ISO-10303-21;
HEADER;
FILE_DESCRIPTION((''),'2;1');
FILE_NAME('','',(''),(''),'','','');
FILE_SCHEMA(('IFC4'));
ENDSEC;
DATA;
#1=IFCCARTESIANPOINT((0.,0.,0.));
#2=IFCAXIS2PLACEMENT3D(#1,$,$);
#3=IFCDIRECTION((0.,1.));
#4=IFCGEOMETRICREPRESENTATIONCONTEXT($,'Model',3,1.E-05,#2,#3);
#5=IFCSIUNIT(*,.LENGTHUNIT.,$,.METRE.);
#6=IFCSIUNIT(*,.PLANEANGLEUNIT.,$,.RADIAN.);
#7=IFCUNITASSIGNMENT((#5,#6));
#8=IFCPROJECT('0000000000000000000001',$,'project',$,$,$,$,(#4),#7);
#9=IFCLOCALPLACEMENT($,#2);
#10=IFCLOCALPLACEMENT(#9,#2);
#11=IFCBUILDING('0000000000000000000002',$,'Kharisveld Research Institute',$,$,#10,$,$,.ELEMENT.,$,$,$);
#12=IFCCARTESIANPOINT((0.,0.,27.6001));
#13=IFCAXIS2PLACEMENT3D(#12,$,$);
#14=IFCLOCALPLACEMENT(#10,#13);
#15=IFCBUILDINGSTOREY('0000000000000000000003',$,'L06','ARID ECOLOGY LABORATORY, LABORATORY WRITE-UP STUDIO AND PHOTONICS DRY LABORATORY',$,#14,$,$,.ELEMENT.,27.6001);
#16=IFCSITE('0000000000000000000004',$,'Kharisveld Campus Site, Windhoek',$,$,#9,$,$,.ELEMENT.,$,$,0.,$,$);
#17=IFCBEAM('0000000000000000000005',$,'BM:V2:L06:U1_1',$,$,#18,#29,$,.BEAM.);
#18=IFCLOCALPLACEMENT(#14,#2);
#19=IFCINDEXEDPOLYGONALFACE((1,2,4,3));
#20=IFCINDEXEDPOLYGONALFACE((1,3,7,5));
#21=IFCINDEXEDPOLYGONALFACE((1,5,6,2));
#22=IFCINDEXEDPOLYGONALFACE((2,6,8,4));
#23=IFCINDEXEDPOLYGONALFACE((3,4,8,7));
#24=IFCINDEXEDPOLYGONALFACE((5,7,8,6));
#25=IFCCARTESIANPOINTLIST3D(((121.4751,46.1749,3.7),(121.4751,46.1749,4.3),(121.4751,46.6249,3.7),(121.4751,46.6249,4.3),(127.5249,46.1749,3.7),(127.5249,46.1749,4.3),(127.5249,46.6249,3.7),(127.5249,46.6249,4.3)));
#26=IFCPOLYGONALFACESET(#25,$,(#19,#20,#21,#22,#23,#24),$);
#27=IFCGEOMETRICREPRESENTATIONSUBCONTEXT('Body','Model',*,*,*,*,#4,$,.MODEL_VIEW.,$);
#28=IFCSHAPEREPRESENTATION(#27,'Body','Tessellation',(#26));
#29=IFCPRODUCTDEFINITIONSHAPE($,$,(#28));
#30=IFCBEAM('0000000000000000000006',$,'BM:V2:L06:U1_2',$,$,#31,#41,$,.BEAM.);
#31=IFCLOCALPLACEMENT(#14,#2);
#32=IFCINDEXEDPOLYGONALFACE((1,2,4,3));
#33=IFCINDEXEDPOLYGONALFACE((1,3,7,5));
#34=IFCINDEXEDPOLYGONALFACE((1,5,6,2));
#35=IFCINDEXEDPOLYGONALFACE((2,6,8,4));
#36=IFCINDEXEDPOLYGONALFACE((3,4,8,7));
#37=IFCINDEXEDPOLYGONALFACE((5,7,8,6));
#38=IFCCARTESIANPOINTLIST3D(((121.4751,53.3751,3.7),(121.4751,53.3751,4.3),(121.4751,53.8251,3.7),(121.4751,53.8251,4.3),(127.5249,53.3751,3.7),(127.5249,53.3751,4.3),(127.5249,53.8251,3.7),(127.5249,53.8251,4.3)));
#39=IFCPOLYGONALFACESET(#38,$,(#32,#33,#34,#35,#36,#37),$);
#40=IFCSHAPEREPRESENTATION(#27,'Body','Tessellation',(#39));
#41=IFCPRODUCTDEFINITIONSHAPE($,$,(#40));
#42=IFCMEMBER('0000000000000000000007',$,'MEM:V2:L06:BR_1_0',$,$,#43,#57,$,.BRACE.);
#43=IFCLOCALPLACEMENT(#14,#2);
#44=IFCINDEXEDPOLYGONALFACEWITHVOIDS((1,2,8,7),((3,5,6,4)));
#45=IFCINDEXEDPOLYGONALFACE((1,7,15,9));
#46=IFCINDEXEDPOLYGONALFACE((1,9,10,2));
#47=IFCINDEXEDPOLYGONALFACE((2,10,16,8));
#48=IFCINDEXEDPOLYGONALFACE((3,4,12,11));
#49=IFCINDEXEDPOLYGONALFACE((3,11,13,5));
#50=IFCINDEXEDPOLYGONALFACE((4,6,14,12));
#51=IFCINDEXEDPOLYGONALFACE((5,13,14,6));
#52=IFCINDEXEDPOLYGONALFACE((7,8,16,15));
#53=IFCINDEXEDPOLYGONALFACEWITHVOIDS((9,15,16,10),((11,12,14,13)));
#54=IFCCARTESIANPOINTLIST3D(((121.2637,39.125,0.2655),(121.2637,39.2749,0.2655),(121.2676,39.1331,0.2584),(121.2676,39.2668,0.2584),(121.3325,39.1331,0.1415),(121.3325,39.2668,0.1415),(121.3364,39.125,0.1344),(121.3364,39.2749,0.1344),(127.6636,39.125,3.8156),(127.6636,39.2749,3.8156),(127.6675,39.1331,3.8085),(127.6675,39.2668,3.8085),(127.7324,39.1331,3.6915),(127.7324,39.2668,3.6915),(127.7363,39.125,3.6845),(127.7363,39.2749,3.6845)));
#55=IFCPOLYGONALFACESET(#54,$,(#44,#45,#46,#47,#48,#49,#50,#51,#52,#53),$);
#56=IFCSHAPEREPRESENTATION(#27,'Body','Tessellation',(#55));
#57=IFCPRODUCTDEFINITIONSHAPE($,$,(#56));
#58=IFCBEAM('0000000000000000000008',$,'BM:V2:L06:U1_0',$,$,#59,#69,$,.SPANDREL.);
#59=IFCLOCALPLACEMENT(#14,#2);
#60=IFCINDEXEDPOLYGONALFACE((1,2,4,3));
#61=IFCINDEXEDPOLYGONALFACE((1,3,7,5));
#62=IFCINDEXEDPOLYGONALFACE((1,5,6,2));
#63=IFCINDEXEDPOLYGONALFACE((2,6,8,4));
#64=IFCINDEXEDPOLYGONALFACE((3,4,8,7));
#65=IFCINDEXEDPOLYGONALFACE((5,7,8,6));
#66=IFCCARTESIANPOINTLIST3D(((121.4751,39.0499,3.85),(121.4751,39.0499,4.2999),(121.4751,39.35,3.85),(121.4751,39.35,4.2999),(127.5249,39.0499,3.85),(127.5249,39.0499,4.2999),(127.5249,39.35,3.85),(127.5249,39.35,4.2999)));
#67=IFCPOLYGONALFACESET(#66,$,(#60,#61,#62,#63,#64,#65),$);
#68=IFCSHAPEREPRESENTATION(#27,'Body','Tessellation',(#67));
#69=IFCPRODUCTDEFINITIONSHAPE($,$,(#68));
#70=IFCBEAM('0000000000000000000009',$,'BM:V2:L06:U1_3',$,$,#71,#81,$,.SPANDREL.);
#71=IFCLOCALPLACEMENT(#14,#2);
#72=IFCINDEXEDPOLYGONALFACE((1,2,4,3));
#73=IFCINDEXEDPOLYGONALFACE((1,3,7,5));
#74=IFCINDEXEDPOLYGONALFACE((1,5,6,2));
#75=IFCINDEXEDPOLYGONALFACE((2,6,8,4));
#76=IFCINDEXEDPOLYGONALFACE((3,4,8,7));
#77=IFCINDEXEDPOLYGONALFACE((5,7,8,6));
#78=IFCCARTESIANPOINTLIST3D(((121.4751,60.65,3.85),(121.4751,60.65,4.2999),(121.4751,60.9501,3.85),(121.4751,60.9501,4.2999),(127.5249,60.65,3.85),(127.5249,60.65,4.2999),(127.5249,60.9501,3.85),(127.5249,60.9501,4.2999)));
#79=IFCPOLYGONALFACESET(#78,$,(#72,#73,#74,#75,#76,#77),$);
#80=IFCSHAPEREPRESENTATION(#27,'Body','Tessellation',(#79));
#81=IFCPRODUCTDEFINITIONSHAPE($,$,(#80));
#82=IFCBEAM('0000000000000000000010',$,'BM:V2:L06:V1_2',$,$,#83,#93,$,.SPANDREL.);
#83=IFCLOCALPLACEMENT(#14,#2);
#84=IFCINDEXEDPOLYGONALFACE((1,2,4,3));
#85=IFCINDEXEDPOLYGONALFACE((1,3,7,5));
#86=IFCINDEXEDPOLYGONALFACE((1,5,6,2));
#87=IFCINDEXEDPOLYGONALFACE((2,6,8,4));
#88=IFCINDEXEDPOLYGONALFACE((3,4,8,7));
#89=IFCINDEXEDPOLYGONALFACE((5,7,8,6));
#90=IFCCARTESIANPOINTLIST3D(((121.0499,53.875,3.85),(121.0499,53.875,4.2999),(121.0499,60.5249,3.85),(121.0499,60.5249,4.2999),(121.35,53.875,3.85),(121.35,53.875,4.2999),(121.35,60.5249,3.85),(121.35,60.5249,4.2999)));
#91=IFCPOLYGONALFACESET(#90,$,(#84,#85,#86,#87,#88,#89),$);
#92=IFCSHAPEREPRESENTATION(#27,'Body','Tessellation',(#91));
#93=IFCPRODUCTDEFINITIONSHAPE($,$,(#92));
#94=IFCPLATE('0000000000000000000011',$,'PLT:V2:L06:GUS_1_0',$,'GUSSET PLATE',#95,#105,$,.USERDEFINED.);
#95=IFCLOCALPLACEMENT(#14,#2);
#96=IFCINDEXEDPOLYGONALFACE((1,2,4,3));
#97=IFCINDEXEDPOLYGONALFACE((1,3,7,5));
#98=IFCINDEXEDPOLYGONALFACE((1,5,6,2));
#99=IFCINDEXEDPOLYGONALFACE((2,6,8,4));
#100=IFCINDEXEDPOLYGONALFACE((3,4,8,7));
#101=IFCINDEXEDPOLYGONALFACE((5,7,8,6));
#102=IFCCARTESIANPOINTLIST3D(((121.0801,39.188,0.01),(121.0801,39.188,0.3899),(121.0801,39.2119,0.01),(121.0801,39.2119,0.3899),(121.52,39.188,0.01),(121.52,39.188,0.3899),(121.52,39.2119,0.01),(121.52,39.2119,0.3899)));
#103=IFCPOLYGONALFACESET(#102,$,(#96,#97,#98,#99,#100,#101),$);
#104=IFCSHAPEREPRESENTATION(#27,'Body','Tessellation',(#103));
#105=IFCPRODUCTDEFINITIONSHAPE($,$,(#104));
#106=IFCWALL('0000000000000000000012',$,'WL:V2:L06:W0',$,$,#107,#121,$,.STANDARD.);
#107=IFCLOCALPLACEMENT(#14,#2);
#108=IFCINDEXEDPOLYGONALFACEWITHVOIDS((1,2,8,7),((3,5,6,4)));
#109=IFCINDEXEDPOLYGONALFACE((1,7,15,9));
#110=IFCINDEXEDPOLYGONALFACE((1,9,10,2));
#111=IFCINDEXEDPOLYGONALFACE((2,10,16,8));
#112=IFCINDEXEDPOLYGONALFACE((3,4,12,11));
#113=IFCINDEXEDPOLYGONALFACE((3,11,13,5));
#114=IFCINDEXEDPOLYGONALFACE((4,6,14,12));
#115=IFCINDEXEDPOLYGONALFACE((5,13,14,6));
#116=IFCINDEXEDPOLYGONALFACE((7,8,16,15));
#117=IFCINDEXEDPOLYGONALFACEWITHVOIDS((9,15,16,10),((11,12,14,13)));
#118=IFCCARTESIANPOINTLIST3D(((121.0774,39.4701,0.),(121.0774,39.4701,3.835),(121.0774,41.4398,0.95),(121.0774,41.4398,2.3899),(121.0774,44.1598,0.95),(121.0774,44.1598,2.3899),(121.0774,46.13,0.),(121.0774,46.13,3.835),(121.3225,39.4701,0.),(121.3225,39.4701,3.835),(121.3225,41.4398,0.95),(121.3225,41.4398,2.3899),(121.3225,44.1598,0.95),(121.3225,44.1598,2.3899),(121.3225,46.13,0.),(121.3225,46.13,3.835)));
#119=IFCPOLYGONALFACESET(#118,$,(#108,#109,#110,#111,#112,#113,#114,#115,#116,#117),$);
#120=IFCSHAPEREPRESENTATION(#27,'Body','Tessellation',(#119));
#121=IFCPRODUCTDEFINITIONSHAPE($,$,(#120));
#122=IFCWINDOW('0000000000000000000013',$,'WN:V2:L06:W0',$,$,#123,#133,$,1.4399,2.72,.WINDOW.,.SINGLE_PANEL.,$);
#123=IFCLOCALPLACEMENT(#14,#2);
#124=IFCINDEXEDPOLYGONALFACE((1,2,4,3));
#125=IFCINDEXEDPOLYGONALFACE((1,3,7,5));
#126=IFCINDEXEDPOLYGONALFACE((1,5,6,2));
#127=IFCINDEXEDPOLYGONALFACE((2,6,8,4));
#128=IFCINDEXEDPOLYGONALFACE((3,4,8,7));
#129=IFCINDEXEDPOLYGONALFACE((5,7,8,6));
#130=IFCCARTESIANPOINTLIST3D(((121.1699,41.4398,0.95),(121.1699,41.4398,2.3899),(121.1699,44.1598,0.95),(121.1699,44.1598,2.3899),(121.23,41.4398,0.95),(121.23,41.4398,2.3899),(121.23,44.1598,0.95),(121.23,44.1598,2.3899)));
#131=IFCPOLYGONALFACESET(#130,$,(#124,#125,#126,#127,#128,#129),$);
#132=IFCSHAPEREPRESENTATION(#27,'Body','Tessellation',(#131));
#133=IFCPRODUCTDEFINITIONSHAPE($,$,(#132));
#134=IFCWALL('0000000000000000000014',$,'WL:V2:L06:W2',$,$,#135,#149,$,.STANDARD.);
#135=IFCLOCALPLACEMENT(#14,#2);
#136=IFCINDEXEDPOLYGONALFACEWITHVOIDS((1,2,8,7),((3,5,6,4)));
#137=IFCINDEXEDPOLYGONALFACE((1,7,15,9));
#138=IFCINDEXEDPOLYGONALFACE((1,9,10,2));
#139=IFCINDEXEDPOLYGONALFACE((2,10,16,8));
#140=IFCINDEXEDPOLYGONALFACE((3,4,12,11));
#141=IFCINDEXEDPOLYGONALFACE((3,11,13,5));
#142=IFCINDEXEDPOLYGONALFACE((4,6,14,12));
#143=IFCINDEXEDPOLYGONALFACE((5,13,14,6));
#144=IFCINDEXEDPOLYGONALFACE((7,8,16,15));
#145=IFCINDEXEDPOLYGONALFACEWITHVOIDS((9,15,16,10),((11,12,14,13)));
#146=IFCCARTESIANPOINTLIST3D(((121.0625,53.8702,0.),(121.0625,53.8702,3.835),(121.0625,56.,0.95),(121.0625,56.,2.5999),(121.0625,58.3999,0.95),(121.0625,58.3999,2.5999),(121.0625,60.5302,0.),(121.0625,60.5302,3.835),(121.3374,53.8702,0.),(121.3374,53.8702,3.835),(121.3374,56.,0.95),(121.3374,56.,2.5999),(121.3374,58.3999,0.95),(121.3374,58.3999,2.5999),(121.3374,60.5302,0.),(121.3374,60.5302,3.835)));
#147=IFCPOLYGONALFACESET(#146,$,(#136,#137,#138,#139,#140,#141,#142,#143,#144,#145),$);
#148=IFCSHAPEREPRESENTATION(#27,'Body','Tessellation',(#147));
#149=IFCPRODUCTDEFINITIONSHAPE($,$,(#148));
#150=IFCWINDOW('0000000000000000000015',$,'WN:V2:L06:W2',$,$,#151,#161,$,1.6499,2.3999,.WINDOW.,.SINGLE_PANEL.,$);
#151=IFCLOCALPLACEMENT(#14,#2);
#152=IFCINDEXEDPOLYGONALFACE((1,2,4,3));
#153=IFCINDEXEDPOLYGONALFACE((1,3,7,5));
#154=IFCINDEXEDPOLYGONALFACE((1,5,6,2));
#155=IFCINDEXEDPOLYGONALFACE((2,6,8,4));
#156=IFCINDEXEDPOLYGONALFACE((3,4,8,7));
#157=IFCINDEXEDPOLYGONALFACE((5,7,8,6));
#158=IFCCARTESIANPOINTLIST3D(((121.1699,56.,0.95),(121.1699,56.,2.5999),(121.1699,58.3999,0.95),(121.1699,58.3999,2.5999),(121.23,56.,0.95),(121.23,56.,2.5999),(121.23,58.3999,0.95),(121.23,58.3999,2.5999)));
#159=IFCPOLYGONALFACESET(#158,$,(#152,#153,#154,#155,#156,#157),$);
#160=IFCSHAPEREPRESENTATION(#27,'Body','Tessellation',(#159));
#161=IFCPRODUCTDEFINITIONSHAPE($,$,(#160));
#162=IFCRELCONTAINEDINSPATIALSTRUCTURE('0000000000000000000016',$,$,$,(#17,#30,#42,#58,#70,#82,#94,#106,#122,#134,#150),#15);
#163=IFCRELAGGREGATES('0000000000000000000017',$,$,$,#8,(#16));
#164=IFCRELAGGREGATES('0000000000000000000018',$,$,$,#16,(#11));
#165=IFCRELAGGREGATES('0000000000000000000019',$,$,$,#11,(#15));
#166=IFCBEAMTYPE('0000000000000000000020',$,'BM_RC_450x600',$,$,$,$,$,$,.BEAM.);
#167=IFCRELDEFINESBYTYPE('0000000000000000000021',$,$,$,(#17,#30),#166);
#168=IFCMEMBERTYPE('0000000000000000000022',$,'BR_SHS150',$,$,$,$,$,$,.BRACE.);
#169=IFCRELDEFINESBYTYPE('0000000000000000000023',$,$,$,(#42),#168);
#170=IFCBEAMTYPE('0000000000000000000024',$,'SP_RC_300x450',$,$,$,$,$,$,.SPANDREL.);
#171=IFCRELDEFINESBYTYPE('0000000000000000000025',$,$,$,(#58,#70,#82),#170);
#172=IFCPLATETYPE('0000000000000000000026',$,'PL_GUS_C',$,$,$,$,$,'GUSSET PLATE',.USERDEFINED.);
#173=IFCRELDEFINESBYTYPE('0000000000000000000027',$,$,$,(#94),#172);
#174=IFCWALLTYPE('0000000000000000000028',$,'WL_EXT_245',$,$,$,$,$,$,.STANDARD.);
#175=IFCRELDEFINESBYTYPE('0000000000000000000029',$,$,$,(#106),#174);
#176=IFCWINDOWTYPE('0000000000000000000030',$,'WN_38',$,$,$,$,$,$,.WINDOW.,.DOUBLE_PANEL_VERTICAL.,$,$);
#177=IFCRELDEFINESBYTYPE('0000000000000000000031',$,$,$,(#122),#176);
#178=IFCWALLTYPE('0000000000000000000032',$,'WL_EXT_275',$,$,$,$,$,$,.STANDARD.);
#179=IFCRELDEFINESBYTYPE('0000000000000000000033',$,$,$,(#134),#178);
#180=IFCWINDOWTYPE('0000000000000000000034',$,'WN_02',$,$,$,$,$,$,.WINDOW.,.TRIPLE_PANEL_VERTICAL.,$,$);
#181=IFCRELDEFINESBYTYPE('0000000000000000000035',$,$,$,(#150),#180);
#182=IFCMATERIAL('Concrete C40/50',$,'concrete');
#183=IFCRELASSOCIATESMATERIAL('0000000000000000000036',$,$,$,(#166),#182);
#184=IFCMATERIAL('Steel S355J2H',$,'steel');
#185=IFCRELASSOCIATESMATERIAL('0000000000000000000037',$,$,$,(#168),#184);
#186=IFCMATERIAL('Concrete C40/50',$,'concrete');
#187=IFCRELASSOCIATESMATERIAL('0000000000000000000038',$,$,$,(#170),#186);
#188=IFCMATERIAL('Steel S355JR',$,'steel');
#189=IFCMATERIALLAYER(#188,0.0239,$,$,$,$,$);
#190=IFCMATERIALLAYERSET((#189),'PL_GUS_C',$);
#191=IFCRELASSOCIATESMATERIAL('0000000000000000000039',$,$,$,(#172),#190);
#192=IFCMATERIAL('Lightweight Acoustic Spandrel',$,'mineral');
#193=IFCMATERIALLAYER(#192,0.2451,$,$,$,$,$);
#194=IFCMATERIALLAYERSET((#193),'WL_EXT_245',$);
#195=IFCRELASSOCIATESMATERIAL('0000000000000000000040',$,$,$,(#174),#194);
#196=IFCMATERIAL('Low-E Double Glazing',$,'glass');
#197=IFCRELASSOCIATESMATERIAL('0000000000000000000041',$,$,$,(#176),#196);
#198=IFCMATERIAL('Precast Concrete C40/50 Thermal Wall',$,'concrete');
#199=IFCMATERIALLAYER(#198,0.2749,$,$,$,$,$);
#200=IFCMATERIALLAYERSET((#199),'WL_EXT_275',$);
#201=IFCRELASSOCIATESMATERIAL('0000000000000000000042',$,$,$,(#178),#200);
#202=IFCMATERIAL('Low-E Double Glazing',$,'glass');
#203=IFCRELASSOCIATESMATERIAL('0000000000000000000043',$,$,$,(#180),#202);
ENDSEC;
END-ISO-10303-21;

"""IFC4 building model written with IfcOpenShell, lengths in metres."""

from ifc_helpers import new_model, si_unit, direction, frame, frame_2d, origin, origin_2d, place, context, subcontext, project, spatial, rectangle, hollow_rectangle, extrude, material, layer, layer_set, material_profile, profile_set, type_object, element, fill, save


model = new_model("IFC4")

# Units and contexts
model_context = context("Model", 3, precision=1e-05, world=origin(), true_north=direction((0.0, 1.0)))
body_context = subcontext(model_context, "Body", "Model", "MODEL_VIEW")
ifc_project = project(units=[si_unit("LENGTHUNIT", "METRE"), si_unit("PLANEANGLEUNIT", "RADIAN")], contexts=[model_context])

# Site, building, storey
site_placement = place(None, origin())
site = spatial("IfcSite", under=ifc_project, at=site_placement, Name="Kharisveld Campus Site, Windhoek", CompositionType="ELEMENT", RefElevation=0.0)
building_placement = place(site_placement, origin())
building = spatial("IfcBuilding", under=site, at=building_placement, Name="Kharisveld Research Institute", CompositionType="ELEMENT")
storey_placement = place(building_placement, frame((0.0, 0.0, 27.6001)))
storey = spatial("IfcBuildingStorey", under=building, at=storey_placement, Name="L06", Description="ARID ECOLOGY LABORATORY, LABORATORY WRITE-UP STUDIO AND PHOTONICS DRY LABORATORY", CompositionType="ELEMENT", Elevation=27.6001)

# Beams
ifc_material_1 = material(Name="Concrete C40/50", Category="concrete")
ifc_material_profile_1 = material_profile(ifc_material_1, rectangle(XDim=0.45, YDim=0.6001, at=origin_2d()))
ifc_profile_set_1 = profile_set([ifc_material_profile_1], Name="Concrete C40/50")
beam_type_1 = type_object("IfcBeamType", Name="BM_RC_450x600", PredefinedType="BEAM", material=ifc_profile_set_1)
for number, where, z_axis, x_axis, name in (
    (1, (121.4751, 46.3999, 4.0), (1.0, 0.0, 0.0), (0.0, 1.0, 0.0), "BM:V2:L06:U1_1"),
    (2, (121.4751, 53.6001, 4.0), (1.0, 0.0, 0.0), (0.0, 1.0, 0.0), "BM:V2:L06:U1_2"),
):
    element("IfcBeam", number, at=place(storey_placement, frame(where, z_axis=z_axis, x_axis=x_axis)), inside=storey, type_object=beam_type_1, Name=name, PredefinedType="BEAM", context=body_context, shape_type="SweptSolid", body=[
        extrude(rectangle(XDim=0.45, YDim=0.6001, at=origin_2d()), origin(), (0.0, 0.0, 1.0), 6.0498),
    ])

# Member
ifc_material_2 = material(Name="Steel S355J2H", Category="steel")
ifc_material_profile_2 = material_profile(ifc_material_2, hollow_rectangle(XDim=0.1499, YDim=0.1499, WallThickness=0.0081, at=origin_2d()))
ifc_profile_set_2 = profile_set([ifc_material_profile_2], Name="Steel S355J2H")
member_type = type_object("IfcMemberType", Name="BR_SHS150", PredefinedType="BRACE", material=ifc_profile_set_2)
member_placement = place(storey_placement, frame((121.3, 39.2, 0.2), z_axis=(0.874473, 0.0, 0.485074), x_axis=(0.0, 1.0, 0.0)))
element("IfcMember", 3, at=member_placement, inside=storey, type_object=member_type, Name="MEM:V2:L06:BR_1_0", PredefinedType="BRACE", context=body_context, shape_type="SweptSolid", body=[
    extrude(hollow_rectangle(XDim=0.1499, YDim=0.1499, WallThickness=0.0081, at=origin_2d()), origin(), (0.0, 0.0, 1.0), 7.3186),
])

# Beams
ifc_material_3 = material(Name="Concrete C40/50", Category="concrete")
ifc_material_profile_3 = material_profile(ifc_material_3, rectangle(XDim=0.3, YDim=0.45, at=origin_2d()))
ifc_profile_set_3 = profile_set([ifc_material_profile_3], Name="Concrete C40/50")
beam_type_2 = type_object("IfcBeamType", Name="SP_RC_300x450", PredefinedType="SPANDREL", material=ifc_profile_set_3)
for number, where, z_axis, x_axis, name in (
    (4, (121.4751, 39.2, 4.075), (1.0, 0.0, 0.0), (0.0, 1.0, 0.0), "BM:V2:L06:U1_0"),
    (5, (121.4751, 60.8, 4.075), (1.0, 0.0, 0.0), (0.0, 1.0, 0.0), "BM:V2:L06:U1_3"),
):
    element("IfcBeam", number, at=place(storey_placement, frame(where, z_axis=z_axis, x_axis=x_axis)), inside=storey, type_object=beam_type_2, Name=name, PredefinedType="SPANDREL", context=body_context, shape_type="SweptSolid", body=[
        extrude(rectangle(XDim=0.3, YDim=0.45, at=origin_2d()), origin(), (0.0, 0.0, 1.0), 6.0498),
    ])
beam_placement = place(storey_placement, frame((121.2, 53.875, 4.075), z_axis=(0.0, 1.0, 0.0), x_axis=(-1.0, 0.0, 0.0)))
element("IfcBeam", 6, at=beam_placement, inside=storey, type_object=beam_type_2, Name="BM:V2:L06:V1_2", PredefinedType="SPANDREL", context=body_context, shape_type="SweptSolid", body=[
    extrude(rectangle(XDim=0.3, YDim=0.45, at=origin_2d()), origin(), (0.0, 0.0, 1.0), 6.6499),
])

# Plate
ifc_material_4 = material(Name="Steel S355JR", Category="steel")
ifc_layer_1 = layer(ifc_material_4, 0.0239)
ifc_layer_set_1 = layer_set([ifc_layer_1], Name="PL_GUS_C")
plate_type = type_object("IfcPlateType", Name="PL_GUS_C", ElementType="GUSSET PLATE", PredefinedType="USERDEFINED", material=ifc_layer_set_1)
plate_placement = place(storey_placement, frame((121.3, 39.2, 0.01), z_axis=(0.0, 0.0, 1.0), x_axis=(1.0, 0.0, 0.0)))
element("IfcPlate", 7, at=plate_placement, inside=storey, type_object=plate_type, Name="PLT:V2:L06:GUS_1_0", ObjectType="GUSSET PLATE", PredefinedType="USERDEFINED", context=body_context, shape_type="SweptSolid", body=[
    extrude(rectangle(XDim=0.4399, YDim=0.0239, at=origin_2d()), origin(), (0.0, 0.0, 1.0), 0.3799),
])

# Walls, openings, windows
ifc_material_5 = material(Name="Lightweight Acoustic Spandrel", Category="mineral")
ifc_layer_2 = layer(ifc_material_5, 0.2451)
ifc_layer_set_2 = layer_set([ifc_layer_2], Name="WL_EXT_245")
wall_type_1 = type_object("IfcWallType", Name="WL_EXT_245", PredefinedType="STANDARD", material=ifc_layer_set_2)
wall_1_placement = place(storey_placement, frame((121.2, 39.47, 0.0), z_axis=(0.0, 0.0, 1.0), x_axis=(0.0, 1.0, 0.0)))
wall_1 = element("IfcWall", 8, at=wall_1_placement, inside=storey, type_object=wall_type_1, Name="WL:V2:L06:W0", PredefinedType="STANDARD", context=body_context, shape_type="SweptSolid", body=[
    extrude(rectangle(XDim=6.6599, YDim=0.2451, at=frame_2d((3.3301, 0.0))), origin(), (0.0, 0.0, 1.0), 3.835),
])
opening_1_placement = place(wall_1_placement, frame((1.97, 0.0, 0.95)))
opening_1 = element("IfcOpeningElement", 9, at=opening_1_placement, cuts=wall_1, PredefinedType="OPENING", context=body_context, shape_type="SweptSolid", body=[
    extrude(rectangle(XDim=2.72, YDim=1.4399, at=frame_2d((1.3599, 0.72))), frame((0.0, 0.1226, 0.0), z_axis=(0.0, -1.0, 0.0), x_axis=(1.0, 0.0, 0.0)), (0.0, 0.0, 1.0), 0.2451),
])
ifc_material_6 = material(Name="Low-E Double Glazing", Category="glass")
window_type_1 = type_object("IfcWindowType", Name="WN_38", PartitioningType="DOUBLE_PANEL_VERTICAL", PredefinedType="WINDOW", material=ifc_material_6)
window_1_placement = place(opening_1_placement, origin())
window_1 = element("IfcWindow", 10, at=window_1_placement, inside=storey, type_object=window_type_1, Name="WN:V2:L06:W0", OverallHeight=1.4399, OverallWidth=2.72, PartitioningType="SINGLE_PANEL", PredefinedType="WINDOW", context=body_context, shape_type="SweptSolid", body=[
    extrude(rectangle(XDim=2.72, YDim=1.4399, at=frame_2d((1.3599, 0.72))), frame((0.0, 0.03, 0.0), z_axis=(0.0, -1.0, 0.0), x_axis=(1.0, 0.0, 0.0)), (0.0, 0.0, 1.0), 0.0601),
])
fill(opening_1, window_1)
ifc_material_7 = material(Name="Precast Concrete C40/50 Thermal Wall", Category="concrete")
ifc_layer_3 = layer(ifc_material_7, 0.2749)
ifc_layer_set_3 = layer_set([ifc_layer_3], Name="WL_EXT_275")
wall_type_2 = type_object("IfcWallType", Name="WL_EXT_275", PredefinedType="STANDARD", material=ifc_layer_set_3)
wall_2_placement = place(storey_placement, frame((121.2, 53.8701, 0.0), z_axis=(0.0, 0.0, 1.0), x_axis=(0.0, 1.0, 0.0)))
wall_2 = element("IfcWall", 11, at=wall_2_placement, inside=storey, type_object=wall_type_2, Name="WL:V2:L06:W2", PredefinedType="STANDARD", context=body_context, shape_type="SweptSolid", body=[
    extrude(rectangle(XDim=6.6599, YDim=0.2749, at=frame_2d((3.3301, 0.0))), origin(), (0.0, 0.0, 1.0), 3.835),
])
opening_2_placement = place(wall_2_placement, frame((2.1299, 0.0, 0.95)))
opening_2 = element("IfcOpeningElement", 12, at=opening_2_placement, cuts=wall_2, PredefinedType="OPENING", context=body_context, shape_type="SweptSolid", body=[
    extrude(rectangle(XDim=2.3999, YDim=1.6499, at=frame_2d((1.2, 0.825))), frame((0.0, 0.1375, 0.0), z_axis=(0.0, -1.0, 0.0), x_axis=(1.0, 0.0, 0.0)), (0.0, 0.0, 1.0), 0.2749),
])
ifc_material_8 = material(Name="Low-E Double Glazing", Category="glass")
window_type_2 = type_object("IfcWindowType", Name="WN_02", PartitioningType="TRIPLE_PANEL_VERTICAL", PredefinedType="WINDOW", material=ifc_material_8)
window_2_placement = place(opening_2_placement, origin())
window_2 = element("IfcWindow", 13, at=window_2_placement, inside=storey, type_object=window_type_2, Name="WN:V2:L06:W2", OverallHeight=1.6499, OverallWidth=2.3999, PartitioningType="SINGLE_PANEL", PredefinedType="WINDOW", context=body_context, shape_type="SweptSolid", body=[
    extrude(rectangle(XDim=2.3999, YDim=1.6499, at=frame_2d((1.2, 0.825))), frame((0.0, 0.03, 0.0), z_axis=(0.0, -1.0, 0.0), x_axis=(1.0, 0.0, 0.0)), (0.0, 0.0, 1.0), 0.0601),
])
fill(opening_2, window_2)

save(model, "model.ifc")
